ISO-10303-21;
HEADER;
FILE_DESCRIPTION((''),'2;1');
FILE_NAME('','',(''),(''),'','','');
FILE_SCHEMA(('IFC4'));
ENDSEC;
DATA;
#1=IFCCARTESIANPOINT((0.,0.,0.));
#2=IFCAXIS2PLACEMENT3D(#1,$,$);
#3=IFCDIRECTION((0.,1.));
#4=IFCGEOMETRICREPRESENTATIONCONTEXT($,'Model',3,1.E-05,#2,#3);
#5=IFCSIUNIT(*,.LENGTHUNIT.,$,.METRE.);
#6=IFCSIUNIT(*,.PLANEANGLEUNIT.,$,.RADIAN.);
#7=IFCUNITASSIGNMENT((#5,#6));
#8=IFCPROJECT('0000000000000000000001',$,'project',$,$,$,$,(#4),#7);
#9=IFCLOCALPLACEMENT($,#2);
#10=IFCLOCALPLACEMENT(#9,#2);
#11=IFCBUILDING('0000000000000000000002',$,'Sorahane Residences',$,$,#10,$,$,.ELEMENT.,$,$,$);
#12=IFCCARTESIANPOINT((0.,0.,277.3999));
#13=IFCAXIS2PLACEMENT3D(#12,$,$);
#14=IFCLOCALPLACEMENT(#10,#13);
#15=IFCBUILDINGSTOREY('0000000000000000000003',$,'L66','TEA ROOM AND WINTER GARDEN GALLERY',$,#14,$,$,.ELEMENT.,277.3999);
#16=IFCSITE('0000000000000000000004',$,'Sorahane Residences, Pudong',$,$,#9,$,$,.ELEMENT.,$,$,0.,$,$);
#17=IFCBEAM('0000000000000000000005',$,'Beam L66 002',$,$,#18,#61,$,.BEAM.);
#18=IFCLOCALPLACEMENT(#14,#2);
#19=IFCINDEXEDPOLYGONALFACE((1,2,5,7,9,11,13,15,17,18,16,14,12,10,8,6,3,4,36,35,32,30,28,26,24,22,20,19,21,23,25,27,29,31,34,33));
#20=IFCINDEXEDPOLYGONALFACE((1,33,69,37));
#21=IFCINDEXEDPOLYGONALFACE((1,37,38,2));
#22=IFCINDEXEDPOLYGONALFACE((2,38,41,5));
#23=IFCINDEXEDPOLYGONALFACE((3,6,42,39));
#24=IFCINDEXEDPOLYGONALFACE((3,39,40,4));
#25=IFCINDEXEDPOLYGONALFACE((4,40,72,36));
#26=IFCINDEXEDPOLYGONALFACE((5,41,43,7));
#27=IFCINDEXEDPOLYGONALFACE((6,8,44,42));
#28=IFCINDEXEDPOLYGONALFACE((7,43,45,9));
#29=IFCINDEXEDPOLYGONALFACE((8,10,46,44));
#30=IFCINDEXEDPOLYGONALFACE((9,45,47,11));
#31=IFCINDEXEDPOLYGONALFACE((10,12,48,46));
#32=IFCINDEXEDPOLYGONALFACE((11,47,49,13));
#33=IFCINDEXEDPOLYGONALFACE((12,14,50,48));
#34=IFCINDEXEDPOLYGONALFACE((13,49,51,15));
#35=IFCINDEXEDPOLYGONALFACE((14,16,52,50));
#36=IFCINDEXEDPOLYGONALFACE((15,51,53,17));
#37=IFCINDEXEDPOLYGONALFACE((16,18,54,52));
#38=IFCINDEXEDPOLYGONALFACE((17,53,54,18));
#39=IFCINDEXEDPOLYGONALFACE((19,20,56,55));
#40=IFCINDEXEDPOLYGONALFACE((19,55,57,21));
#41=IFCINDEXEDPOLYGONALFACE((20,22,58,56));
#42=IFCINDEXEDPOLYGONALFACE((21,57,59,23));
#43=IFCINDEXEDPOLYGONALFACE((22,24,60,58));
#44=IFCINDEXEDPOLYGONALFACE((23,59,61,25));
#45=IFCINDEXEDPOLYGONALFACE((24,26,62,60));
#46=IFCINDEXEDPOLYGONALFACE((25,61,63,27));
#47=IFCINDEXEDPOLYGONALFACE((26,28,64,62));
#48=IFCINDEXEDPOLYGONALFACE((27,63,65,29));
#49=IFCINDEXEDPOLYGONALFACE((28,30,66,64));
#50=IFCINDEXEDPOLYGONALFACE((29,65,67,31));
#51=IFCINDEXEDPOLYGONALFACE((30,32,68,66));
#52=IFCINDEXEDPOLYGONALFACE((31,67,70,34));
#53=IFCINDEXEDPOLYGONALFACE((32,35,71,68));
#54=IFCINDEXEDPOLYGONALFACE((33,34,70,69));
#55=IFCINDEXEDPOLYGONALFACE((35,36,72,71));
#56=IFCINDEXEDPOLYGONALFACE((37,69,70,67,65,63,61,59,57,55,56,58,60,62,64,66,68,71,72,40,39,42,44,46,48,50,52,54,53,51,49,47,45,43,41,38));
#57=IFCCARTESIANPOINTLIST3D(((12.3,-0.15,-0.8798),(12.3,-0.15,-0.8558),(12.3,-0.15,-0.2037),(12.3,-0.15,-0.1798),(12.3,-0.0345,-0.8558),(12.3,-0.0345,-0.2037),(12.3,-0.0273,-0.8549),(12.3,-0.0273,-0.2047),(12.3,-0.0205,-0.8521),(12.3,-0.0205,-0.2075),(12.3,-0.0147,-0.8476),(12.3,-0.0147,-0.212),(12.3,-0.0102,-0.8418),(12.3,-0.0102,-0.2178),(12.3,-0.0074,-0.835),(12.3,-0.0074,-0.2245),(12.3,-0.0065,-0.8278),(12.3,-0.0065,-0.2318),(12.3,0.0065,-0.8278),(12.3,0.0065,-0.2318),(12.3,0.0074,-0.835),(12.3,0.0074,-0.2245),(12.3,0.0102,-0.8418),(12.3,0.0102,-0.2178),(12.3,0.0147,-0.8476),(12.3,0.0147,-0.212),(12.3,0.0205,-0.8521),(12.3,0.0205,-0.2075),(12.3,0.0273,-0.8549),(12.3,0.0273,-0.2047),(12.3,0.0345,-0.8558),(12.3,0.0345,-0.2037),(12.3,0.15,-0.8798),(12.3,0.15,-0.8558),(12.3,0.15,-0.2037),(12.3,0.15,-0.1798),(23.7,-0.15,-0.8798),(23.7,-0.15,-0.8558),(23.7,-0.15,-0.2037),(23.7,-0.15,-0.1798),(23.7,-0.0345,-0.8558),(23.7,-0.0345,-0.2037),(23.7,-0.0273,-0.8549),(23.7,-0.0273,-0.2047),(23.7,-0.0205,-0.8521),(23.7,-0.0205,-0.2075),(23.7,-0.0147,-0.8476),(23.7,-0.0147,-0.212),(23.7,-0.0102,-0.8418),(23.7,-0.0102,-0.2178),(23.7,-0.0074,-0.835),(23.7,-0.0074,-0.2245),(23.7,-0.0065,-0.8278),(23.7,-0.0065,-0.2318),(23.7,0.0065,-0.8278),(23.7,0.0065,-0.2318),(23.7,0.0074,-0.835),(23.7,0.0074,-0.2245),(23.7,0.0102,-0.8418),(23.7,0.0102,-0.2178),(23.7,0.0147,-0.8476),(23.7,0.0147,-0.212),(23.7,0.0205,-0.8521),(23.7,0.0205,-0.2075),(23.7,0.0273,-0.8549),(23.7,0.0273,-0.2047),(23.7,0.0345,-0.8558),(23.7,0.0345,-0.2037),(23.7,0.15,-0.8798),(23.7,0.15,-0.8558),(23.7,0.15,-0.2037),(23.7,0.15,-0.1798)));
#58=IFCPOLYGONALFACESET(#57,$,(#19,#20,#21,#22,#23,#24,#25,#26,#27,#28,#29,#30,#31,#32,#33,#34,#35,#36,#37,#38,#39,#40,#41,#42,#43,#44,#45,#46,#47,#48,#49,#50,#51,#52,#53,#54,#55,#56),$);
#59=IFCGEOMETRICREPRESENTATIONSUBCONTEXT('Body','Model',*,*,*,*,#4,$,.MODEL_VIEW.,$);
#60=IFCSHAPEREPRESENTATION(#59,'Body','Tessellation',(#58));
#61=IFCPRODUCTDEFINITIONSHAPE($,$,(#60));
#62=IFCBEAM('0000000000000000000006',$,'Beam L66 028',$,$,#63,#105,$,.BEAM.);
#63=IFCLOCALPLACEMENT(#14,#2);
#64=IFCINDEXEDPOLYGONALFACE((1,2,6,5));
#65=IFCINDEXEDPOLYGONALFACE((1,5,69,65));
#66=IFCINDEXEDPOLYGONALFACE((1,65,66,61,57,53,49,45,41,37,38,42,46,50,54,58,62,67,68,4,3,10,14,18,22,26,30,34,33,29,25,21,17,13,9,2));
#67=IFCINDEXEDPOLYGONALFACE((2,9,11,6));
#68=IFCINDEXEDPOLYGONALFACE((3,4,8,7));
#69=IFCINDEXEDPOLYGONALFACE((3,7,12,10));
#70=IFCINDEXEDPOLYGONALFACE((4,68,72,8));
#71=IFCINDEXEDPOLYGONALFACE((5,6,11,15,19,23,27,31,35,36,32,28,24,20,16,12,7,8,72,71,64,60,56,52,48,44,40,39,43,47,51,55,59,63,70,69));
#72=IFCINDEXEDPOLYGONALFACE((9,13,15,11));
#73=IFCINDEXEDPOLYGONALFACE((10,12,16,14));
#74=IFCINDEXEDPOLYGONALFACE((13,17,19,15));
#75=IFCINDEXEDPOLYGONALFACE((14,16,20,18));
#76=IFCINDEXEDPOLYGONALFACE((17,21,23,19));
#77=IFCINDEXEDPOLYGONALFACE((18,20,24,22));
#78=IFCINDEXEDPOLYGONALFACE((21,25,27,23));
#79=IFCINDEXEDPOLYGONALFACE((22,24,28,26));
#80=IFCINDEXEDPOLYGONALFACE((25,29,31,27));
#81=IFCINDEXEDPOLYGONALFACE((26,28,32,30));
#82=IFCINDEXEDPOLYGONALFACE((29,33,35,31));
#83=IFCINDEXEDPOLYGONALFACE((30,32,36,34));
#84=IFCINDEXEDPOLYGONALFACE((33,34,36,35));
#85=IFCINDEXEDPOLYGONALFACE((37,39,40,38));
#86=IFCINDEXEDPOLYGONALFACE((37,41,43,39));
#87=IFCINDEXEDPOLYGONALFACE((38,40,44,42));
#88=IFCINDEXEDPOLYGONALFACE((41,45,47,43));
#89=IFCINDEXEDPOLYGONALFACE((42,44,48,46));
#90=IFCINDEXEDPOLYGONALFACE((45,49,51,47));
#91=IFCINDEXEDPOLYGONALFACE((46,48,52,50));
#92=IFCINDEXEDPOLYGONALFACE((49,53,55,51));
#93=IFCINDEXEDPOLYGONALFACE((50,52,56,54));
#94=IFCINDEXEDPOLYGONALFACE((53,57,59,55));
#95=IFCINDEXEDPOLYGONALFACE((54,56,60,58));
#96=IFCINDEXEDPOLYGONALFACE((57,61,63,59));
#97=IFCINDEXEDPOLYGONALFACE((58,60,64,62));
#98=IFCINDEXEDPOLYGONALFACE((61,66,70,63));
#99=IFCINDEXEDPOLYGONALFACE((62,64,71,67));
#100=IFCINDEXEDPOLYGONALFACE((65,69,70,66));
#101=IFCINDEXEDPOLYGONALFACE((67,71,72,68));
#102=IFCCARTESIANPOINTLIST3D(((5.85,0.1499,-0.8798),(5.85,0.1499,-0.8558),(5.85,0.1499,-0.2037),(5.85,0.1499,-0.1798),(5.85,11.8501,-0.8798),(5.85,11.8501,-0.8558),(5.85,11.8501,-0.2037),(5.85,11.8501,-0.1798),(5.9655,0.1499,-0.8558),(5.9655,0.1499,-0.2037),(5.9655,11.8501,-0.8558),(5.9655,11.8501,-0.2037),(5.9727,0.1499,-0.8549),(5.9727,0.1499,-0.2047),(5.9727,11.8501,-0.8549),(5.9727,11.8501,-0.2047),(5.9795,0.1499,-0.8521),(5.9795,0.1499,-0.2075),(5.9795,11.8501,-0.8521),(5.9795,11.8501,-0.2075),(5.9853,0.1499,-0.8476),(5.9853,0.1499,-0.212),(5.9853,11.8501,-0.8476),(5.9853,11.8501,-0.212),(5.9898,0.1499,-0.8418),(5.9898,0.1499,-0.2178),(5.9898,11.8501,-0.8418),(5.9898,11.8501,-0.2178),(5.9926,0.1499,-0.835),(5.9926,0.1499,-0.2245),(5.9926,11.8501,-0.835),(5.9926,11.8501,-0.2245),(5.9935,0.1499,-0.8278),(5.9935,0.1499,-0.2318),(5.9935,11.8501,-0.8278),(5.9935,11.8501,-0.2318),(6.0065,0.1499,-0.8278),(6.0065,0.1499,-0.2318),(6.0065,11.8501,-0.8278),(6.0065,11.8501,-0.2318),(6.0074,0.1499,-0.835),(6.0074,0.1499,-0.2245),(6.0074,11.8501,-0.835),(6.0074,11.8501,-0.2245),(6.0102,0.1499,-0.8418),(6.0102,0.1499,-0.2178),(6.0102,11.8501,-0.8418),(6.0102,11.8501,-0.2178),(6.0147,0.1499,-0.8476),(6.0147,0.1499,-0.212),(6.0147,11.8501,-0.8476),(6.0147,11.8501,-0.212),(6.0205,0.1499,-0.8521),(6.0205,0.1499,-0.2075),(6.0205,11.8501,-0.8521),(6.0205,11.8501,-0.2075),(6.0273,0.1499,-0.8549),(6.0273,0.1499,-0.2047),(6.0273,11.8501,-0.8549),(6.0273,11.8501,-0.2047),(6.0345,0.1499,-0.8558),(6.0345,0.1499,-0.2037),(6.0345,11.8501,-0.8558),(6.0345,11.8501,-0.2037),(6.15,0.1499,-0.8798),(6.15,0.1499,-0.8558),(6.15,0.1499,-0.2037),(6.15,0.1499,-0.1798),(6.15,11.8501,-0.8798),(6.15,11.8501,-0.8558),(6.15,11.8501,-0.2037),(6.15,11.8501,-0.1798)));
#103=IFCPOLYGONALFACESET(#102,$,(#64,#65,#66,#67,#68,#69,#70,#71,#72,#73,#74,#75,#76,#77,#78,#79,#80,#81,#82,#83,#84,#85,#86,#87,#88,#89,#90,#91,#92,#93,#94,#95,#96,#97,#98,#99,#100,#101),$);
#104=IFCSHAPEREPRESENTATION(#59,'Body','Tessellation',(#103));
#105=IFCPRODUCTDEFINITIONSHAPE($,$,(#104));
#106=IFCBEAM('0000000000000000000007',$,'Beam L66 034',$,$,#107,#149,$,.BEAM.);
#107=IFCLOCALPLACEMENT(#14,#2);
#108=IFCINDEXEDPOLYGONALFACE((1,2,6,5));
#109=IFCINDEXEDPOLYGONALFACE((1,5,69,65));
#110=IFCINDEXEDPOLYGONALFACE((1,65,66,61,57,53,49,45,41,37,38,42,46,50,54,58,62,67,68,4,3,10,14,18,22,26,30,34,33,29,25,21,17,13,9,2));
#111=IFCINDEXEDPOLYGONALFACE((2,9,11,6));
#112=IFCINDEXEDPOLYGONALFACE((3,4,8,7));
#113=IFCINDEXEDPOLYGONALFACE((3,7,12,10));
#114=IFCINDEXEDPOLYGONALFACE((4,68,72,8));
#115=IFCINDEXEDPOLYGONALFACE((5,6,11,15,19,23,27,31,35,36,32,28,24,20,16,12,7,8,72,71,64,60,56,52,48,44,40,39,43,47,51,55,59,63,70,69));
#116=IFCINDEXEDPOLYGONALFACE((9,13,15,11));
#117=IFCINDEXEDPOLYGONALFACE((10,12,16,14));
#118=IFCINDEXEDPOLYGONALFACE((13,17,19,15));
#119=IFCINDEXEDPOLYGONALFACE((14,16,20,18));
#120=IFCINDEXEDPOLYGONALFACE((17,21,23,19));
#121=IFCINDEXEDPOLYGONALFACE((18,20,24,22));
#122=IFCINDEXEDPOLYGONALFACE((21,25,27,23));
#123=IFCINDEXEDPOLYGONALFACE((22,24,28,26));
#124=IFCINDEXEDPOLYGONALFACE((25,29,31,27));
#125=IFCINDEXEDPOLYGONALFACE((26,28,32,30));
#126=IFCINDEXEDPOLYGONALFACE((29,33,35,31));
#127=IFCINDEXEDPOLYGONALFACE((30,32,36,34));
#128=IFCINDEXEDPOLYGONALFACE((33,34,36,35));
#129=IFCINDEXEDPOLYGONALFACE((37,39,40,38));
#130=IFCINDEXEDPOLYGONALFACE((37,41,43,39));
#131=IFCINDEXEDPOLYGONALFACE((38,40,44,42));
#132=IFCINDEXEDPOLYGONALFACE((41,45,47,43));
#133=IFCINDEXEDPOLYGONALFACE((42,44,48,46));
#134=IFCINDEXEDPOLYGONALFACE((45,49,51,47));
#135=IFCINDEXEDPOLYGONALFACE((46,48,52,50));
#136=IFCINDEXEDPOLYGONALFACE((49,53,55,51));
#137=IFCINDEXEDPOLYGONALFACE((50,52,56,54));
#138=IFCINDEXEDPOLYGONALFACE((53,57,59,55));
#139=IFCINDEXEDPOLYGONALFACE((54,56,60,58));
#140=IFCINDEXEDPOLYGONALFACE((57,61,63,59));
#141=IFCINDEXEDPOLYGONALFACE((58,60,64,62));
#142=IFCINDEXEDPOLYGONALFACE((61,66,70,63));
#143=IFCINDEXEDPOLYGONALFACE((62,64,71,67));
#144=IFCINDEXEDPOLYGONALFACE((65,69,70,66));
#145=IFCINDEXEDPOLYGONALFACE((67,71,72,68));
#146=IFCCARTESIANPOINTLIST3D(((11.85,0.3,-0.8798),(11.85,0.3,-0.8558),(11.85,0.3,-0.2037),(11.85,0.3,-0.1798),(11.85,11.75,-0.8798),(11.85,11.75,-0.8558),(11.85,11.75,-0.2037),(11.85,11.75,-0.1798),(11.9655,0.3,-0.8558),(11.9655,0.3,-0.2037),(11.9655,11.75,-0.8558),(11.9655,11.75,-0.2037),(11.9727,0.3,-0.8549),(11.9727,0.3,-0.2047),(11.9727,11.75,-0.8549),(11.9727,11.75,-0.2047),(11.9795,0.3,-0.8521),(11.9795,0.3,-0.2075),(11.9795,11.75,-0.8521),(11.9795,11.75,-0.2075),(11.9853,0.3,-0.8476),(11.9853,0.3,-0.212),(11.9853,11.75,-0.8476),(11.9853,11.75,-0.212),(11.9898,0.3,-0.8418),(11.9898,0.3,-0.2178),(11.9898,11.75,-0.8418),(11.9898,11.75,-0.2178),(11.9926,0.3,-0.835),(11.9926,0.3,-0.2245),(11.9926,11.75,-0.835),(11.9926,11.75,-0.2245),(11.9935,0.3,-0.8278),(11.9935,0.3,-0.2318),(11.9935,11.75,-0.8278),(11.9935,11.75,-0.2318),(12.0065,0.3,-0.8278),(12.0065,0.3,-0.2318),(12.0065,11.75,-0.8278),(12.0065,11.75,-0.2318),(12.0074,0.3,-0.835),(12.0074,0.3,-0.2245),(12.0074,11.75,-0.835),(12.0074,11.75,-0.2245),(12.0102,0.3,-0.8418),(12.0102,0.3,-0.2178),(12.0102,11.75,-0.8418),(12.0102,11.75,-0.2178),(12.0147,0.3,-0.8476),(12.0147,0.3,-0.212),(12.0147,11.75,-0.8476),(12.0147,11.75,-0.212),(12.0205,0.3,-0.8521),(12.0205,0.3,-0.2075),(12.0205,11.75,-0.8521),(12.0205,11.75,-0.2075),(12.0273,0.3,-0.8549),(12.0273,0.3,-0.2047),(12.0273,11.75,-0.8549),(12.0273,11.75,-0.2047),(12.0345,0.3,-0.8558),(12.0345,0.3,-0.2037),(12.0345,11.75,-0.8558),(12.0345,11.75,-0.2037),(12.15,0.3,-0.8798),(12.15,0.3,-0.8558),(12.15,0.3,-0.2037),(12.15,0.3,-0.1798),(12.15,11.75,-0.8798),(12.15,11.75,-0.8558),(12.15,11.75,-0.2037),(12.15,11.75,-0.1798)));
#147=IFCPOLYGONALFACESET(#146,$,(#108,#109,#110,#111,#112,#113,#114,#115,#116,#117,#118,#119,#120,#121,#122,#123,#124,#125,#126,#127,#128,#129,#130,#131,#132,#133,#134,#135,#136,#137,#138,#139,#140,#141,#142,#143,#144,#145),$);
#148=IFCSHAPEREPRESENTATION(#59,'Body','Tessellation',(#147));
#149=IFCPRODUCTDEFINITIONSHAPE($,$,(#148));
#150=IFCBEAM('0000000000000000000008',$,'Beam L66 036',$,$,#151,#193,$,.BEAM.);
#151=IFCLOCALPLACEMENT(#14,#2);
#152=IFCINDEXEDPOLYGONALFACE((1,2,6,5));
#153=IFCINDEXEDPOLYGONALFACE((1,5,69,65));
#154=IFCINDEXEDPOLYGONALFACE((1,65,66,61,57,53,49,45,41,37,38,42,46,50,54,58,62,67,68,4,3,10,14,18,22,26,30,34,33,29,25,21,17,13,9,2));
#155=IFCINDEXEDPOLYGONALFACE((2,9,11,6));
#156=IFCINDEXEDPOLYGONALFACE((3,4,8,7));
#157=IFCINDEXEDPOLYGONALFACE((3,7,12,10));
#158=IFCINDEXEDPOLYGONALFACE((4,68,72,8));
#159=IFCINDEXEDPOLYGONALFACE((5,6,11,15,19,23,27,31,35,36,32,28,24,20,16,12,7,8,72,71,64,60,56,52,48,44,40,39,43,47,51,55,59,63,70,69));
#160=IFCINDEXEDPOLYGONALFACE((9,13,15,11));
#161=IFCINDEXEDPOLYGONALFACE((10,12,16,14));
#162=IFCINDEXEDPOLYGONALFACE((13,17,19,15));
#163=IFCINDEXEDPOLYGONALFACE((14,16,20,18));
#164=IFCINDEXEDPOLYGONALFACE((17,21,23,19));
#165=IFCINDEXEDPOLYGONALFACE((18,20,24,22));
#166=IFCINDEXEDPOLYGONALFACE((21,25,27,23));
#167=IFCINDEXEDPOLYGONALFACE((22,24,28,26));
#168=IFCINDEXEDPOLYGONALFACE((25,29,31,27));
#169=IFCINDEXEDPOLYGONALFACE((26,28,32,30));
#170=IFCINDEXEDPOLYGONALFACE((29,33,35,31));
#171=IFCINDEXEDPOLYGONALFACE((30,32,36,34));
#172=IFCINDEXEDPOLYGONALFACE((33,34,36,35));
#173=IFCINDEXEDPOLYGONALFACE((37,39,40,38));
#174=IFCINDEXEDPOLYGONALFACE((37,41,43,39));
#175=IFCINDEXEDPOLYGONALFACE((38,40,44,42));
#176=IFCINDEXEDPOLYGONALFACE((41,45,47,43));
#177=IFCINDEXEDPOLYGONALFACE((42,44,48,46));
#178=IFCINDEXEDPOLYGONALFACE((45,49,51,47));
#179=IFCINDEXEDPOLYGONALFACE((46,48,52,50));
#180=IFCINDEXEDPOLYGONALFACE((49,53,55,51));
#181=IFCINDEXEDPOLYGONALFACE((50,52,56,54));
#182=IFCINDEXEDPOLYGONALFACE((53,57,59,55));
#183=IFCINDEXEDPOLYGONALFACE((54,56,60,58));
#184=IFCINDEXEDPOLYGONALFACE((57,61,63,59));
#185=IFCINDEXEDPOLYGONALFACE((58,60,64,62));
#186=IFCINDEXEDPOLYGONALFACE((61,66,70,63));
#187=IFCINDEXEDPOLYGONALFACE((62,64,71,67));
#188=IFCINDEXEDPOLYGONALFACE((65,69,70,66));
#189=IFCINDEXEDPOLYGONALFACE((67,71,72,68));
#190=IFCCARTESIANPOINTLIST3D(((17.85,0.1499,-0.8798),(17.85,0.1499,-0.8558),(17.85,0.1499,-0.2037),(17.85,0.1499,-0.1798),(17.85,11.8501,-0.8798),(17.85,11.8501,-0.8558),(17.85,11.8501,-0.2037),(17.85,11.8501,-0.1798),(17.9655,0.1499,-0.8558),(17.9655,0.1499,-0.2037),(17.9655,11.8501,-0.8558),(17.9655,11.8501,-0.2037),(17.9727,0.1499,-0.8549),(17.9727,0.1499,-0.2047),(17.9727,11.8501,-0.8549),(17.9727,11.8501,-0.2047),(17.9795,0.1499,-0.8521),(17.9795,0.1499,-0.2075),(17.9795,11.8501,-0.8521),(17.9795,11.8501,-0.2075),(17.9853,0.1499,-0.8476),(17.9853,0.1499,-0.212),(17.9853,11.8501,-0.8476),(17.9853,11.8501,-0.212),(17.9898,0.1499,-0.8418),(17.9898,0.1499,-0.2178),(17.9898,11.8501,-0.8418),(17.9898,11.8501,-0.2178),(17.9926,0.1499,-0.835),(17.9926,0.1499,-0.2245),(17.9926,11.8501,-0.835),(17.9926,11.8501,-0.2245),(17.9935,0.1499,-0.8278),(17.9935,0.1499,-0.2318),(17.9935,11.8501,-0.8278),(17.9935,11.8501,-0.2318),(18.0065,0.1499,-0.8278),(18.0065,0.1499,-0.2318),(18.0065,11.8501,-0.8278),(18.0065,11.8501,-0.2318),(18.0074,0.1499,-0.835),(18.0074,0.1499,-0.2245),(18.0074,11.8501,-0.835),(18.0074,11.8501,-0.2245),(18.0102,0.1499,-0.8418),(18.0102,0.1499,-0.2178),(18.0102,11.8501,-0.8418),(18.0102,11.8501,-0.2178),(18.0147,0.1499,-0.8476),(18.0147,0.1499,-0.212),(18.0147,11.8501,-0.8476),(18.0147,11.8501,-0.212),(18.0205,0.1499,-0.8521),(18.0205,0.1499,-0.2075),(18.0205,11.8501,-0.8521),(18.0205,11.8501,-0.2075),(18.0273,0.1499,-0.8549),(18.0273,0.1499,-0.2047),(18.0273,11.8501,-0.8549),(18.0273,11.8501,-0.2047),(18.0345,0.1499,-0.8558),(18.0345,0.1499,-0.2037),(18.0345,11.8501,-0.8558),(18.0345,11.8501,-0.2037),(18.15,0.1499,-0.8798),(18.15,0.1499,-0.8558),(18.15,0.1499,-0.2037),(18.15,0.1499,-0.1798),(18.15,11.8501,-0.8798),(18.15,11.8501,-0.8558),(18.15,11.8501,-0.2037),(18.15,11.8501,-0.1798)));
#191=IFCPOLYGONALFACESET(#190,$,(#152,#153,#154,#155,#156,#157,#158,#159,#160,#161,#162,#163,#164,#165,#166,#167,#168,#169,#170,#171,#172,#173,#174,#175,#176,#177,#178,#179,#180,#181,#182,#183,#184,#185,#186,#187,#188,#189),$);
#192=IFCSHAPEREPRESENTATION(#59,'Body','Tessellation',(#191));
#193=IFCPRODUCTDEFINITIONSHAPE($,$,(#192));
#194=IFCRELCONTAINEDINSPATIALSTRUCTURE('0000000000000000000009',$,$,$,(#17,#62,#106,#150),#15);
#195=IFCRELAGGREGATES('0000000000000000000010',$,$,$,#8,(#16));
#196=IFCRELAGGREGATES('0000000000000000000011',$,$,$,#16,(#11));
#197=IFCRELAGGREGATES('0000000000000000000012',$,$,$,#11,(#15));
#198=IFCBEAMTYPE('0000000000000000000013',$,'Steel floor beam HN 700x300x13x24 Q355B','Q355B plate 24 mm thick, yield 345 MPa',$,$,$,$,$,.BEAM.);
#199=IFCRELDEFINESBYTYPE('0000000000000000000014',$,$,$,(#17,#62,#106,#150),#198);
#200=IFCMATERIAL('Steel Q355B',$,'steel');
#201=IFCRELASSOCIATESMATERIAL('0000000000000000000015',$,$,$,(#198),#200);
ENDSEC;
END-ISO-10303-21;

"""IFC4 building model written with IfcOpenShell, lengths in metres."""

from ifc_helpers import new_model, si_unit, direction, frame, origin, origin_2d, place, context, subcontext, project, spatial, i_section, extrude, material, material_profile, profile_set, type_object, element, save


model = new_model("IFC4")

# Units and contexts
model_context = context("Model", 3, precision=1e-05, world=origin(), true_north=direction((0.0, 1.0)))
body_context = subcontext(model_context, "Body", "Model", "MODEL_VIEW")
ifc_project = project(units=[si_unit("LENGTHUNIT", "METRE"), si_unit("PLANEANGLEUNIT", "RADIAN")], contexts=[model_context])

# Site, building, storey
site_placement = place(None, origin())
site = spatial("IfcSite", under=ifc_project, at=site_placement, Name="Sorahane Residences, Pudong", CompositionType="ELEMENT", RefElevation=0.0)
building_placement = place(site_placement, origin())
building = spatial("IfcBuilding", under=site, at=building_placement, Name="Sorahane Residences", CompositionType="ELEMENT")
storey_placement = place(building_placement, frame((0.0, 0.0, 277.3999)))
storey = spatial("IfcBuildingStorey", under=building, at=storey_placement, Name="L66", Description="TEA ROOM AND WINTER GARDEN GALLERY", CompositionType="ELEMENT", Elevation=277.3999)

# Beams
ifc_material_1 = material(Name="Steel Q355B", Category="steel")
ifc_material_profile_1 = material_profile(ifc_material_1, i_section(OverallWidth=0.3, OverallDepth=0.7, WebThickness=0.0129, FlangeThickness=0.0239, FilletRadius=0.0281, at=origin_2d()), Name="HN 700x300x13x24")
ifc_profile_set_1 = profile_set([ifc_material_profile_1], Name="Steel Q355B")
beam_type_1 = type_object("IfcBeamType", Name="Steel floor beam HN 700x300x13x24 Q355B", Description="Q355B plate 24 mm thick, yield 345 MPa", PredefinedType="BEAM", material=ifc_profile_set_1)
beam_1_placement = place(storey_placement, frame((12.3, 0.0, -0.5298), z_axis=(1.0, 0.0, 0.0), x_axis=(0.0, 1.0, 0.0)))
element("IfcBeam", 1, at=beam_1_placement, inside=storey, type_object=beam_type_1, Name="Beam L66 002", PredefinedType="BEAM", context=body_context, shape_type="SweptSolid", body=[
    extrude(i_section(OverallWidth=0.3, OverallDepth=0.7, WebThickness=0.0129, FlangeThickness=0.0239, FilletRadius=0.0281, at=origin_2d()), origin(), (0.0, 0.0, 1.0), 11.3999),
])
beam_2_placement = place(storey_placement, frame((6.0, 0.1499, -0.5298), z_axis=(0.0, 1.0, 0.0), x_axis=(-1.0, 0.0, 0.0)))
element("IfcBeam", 2, at=beam_2_placement, inside=storey, type_object=beam_type_1, Name="Beam L66 028", PredefinedType="BEAM", context=body_context, shape_type="SweptSolid", body=[
    extrude(i_section(OverallWidth=0.3, OverallDepth=0.7, WebThickness=0.0129, FlangeThickness=0.0239, FilletRadius=0.0281, at=origin_2d()), origin(), (0.0, 0.0, 1.0), 11.7002),
])
beam_3_placement = place(storey_placement, frame((12.0, 0.3, -0.5298), z_axis=(0.0, 1.0, 0.0), x_axis=(-1.0, 0.0, 0.0)))
element("IfcBeam", 3, at=beam_3_placement, inside=storey, type_object=beam_type_1, Name="Beam L66 034", PredefinedType="BEAM", context=body_context, shape_type="SweptSolid", body=[
    extrude(i_section(OverallWidth=0.3, OverallDepth=0.7, WebThickness=0.0129, FlangeThickness=0.0239, FilletRadius=0.0281, at=origin_2d()), origin(), (0.0, 0.0, 1.0), 11.45),
])
beam_4_placement = place(storey_placement, frame((18.0, 0.1499, -0.5298), z_axis=(0.0, 1.0, 0.0), x_axis=(-1.0, 0.0, 0.0)))
element("IfcBeam", 4, at=beam_4_placement, inside=storey, type_object=beam_type_1, Name="Beam L66 036", PredefinedType="BEAM", context=body_context, shape_type="SweptSolid", body=[
    extrude(i_section(OverallWidth=0.3, OverallDepth=0.7, WebThickness=0.0129, FlangeThickness=0.0239, FilletRadius=0.0281, at=origin_2d()), origin(), (0.0, 0.0, 1.0), 11.7002),
])

save(model, "model.ifc")
